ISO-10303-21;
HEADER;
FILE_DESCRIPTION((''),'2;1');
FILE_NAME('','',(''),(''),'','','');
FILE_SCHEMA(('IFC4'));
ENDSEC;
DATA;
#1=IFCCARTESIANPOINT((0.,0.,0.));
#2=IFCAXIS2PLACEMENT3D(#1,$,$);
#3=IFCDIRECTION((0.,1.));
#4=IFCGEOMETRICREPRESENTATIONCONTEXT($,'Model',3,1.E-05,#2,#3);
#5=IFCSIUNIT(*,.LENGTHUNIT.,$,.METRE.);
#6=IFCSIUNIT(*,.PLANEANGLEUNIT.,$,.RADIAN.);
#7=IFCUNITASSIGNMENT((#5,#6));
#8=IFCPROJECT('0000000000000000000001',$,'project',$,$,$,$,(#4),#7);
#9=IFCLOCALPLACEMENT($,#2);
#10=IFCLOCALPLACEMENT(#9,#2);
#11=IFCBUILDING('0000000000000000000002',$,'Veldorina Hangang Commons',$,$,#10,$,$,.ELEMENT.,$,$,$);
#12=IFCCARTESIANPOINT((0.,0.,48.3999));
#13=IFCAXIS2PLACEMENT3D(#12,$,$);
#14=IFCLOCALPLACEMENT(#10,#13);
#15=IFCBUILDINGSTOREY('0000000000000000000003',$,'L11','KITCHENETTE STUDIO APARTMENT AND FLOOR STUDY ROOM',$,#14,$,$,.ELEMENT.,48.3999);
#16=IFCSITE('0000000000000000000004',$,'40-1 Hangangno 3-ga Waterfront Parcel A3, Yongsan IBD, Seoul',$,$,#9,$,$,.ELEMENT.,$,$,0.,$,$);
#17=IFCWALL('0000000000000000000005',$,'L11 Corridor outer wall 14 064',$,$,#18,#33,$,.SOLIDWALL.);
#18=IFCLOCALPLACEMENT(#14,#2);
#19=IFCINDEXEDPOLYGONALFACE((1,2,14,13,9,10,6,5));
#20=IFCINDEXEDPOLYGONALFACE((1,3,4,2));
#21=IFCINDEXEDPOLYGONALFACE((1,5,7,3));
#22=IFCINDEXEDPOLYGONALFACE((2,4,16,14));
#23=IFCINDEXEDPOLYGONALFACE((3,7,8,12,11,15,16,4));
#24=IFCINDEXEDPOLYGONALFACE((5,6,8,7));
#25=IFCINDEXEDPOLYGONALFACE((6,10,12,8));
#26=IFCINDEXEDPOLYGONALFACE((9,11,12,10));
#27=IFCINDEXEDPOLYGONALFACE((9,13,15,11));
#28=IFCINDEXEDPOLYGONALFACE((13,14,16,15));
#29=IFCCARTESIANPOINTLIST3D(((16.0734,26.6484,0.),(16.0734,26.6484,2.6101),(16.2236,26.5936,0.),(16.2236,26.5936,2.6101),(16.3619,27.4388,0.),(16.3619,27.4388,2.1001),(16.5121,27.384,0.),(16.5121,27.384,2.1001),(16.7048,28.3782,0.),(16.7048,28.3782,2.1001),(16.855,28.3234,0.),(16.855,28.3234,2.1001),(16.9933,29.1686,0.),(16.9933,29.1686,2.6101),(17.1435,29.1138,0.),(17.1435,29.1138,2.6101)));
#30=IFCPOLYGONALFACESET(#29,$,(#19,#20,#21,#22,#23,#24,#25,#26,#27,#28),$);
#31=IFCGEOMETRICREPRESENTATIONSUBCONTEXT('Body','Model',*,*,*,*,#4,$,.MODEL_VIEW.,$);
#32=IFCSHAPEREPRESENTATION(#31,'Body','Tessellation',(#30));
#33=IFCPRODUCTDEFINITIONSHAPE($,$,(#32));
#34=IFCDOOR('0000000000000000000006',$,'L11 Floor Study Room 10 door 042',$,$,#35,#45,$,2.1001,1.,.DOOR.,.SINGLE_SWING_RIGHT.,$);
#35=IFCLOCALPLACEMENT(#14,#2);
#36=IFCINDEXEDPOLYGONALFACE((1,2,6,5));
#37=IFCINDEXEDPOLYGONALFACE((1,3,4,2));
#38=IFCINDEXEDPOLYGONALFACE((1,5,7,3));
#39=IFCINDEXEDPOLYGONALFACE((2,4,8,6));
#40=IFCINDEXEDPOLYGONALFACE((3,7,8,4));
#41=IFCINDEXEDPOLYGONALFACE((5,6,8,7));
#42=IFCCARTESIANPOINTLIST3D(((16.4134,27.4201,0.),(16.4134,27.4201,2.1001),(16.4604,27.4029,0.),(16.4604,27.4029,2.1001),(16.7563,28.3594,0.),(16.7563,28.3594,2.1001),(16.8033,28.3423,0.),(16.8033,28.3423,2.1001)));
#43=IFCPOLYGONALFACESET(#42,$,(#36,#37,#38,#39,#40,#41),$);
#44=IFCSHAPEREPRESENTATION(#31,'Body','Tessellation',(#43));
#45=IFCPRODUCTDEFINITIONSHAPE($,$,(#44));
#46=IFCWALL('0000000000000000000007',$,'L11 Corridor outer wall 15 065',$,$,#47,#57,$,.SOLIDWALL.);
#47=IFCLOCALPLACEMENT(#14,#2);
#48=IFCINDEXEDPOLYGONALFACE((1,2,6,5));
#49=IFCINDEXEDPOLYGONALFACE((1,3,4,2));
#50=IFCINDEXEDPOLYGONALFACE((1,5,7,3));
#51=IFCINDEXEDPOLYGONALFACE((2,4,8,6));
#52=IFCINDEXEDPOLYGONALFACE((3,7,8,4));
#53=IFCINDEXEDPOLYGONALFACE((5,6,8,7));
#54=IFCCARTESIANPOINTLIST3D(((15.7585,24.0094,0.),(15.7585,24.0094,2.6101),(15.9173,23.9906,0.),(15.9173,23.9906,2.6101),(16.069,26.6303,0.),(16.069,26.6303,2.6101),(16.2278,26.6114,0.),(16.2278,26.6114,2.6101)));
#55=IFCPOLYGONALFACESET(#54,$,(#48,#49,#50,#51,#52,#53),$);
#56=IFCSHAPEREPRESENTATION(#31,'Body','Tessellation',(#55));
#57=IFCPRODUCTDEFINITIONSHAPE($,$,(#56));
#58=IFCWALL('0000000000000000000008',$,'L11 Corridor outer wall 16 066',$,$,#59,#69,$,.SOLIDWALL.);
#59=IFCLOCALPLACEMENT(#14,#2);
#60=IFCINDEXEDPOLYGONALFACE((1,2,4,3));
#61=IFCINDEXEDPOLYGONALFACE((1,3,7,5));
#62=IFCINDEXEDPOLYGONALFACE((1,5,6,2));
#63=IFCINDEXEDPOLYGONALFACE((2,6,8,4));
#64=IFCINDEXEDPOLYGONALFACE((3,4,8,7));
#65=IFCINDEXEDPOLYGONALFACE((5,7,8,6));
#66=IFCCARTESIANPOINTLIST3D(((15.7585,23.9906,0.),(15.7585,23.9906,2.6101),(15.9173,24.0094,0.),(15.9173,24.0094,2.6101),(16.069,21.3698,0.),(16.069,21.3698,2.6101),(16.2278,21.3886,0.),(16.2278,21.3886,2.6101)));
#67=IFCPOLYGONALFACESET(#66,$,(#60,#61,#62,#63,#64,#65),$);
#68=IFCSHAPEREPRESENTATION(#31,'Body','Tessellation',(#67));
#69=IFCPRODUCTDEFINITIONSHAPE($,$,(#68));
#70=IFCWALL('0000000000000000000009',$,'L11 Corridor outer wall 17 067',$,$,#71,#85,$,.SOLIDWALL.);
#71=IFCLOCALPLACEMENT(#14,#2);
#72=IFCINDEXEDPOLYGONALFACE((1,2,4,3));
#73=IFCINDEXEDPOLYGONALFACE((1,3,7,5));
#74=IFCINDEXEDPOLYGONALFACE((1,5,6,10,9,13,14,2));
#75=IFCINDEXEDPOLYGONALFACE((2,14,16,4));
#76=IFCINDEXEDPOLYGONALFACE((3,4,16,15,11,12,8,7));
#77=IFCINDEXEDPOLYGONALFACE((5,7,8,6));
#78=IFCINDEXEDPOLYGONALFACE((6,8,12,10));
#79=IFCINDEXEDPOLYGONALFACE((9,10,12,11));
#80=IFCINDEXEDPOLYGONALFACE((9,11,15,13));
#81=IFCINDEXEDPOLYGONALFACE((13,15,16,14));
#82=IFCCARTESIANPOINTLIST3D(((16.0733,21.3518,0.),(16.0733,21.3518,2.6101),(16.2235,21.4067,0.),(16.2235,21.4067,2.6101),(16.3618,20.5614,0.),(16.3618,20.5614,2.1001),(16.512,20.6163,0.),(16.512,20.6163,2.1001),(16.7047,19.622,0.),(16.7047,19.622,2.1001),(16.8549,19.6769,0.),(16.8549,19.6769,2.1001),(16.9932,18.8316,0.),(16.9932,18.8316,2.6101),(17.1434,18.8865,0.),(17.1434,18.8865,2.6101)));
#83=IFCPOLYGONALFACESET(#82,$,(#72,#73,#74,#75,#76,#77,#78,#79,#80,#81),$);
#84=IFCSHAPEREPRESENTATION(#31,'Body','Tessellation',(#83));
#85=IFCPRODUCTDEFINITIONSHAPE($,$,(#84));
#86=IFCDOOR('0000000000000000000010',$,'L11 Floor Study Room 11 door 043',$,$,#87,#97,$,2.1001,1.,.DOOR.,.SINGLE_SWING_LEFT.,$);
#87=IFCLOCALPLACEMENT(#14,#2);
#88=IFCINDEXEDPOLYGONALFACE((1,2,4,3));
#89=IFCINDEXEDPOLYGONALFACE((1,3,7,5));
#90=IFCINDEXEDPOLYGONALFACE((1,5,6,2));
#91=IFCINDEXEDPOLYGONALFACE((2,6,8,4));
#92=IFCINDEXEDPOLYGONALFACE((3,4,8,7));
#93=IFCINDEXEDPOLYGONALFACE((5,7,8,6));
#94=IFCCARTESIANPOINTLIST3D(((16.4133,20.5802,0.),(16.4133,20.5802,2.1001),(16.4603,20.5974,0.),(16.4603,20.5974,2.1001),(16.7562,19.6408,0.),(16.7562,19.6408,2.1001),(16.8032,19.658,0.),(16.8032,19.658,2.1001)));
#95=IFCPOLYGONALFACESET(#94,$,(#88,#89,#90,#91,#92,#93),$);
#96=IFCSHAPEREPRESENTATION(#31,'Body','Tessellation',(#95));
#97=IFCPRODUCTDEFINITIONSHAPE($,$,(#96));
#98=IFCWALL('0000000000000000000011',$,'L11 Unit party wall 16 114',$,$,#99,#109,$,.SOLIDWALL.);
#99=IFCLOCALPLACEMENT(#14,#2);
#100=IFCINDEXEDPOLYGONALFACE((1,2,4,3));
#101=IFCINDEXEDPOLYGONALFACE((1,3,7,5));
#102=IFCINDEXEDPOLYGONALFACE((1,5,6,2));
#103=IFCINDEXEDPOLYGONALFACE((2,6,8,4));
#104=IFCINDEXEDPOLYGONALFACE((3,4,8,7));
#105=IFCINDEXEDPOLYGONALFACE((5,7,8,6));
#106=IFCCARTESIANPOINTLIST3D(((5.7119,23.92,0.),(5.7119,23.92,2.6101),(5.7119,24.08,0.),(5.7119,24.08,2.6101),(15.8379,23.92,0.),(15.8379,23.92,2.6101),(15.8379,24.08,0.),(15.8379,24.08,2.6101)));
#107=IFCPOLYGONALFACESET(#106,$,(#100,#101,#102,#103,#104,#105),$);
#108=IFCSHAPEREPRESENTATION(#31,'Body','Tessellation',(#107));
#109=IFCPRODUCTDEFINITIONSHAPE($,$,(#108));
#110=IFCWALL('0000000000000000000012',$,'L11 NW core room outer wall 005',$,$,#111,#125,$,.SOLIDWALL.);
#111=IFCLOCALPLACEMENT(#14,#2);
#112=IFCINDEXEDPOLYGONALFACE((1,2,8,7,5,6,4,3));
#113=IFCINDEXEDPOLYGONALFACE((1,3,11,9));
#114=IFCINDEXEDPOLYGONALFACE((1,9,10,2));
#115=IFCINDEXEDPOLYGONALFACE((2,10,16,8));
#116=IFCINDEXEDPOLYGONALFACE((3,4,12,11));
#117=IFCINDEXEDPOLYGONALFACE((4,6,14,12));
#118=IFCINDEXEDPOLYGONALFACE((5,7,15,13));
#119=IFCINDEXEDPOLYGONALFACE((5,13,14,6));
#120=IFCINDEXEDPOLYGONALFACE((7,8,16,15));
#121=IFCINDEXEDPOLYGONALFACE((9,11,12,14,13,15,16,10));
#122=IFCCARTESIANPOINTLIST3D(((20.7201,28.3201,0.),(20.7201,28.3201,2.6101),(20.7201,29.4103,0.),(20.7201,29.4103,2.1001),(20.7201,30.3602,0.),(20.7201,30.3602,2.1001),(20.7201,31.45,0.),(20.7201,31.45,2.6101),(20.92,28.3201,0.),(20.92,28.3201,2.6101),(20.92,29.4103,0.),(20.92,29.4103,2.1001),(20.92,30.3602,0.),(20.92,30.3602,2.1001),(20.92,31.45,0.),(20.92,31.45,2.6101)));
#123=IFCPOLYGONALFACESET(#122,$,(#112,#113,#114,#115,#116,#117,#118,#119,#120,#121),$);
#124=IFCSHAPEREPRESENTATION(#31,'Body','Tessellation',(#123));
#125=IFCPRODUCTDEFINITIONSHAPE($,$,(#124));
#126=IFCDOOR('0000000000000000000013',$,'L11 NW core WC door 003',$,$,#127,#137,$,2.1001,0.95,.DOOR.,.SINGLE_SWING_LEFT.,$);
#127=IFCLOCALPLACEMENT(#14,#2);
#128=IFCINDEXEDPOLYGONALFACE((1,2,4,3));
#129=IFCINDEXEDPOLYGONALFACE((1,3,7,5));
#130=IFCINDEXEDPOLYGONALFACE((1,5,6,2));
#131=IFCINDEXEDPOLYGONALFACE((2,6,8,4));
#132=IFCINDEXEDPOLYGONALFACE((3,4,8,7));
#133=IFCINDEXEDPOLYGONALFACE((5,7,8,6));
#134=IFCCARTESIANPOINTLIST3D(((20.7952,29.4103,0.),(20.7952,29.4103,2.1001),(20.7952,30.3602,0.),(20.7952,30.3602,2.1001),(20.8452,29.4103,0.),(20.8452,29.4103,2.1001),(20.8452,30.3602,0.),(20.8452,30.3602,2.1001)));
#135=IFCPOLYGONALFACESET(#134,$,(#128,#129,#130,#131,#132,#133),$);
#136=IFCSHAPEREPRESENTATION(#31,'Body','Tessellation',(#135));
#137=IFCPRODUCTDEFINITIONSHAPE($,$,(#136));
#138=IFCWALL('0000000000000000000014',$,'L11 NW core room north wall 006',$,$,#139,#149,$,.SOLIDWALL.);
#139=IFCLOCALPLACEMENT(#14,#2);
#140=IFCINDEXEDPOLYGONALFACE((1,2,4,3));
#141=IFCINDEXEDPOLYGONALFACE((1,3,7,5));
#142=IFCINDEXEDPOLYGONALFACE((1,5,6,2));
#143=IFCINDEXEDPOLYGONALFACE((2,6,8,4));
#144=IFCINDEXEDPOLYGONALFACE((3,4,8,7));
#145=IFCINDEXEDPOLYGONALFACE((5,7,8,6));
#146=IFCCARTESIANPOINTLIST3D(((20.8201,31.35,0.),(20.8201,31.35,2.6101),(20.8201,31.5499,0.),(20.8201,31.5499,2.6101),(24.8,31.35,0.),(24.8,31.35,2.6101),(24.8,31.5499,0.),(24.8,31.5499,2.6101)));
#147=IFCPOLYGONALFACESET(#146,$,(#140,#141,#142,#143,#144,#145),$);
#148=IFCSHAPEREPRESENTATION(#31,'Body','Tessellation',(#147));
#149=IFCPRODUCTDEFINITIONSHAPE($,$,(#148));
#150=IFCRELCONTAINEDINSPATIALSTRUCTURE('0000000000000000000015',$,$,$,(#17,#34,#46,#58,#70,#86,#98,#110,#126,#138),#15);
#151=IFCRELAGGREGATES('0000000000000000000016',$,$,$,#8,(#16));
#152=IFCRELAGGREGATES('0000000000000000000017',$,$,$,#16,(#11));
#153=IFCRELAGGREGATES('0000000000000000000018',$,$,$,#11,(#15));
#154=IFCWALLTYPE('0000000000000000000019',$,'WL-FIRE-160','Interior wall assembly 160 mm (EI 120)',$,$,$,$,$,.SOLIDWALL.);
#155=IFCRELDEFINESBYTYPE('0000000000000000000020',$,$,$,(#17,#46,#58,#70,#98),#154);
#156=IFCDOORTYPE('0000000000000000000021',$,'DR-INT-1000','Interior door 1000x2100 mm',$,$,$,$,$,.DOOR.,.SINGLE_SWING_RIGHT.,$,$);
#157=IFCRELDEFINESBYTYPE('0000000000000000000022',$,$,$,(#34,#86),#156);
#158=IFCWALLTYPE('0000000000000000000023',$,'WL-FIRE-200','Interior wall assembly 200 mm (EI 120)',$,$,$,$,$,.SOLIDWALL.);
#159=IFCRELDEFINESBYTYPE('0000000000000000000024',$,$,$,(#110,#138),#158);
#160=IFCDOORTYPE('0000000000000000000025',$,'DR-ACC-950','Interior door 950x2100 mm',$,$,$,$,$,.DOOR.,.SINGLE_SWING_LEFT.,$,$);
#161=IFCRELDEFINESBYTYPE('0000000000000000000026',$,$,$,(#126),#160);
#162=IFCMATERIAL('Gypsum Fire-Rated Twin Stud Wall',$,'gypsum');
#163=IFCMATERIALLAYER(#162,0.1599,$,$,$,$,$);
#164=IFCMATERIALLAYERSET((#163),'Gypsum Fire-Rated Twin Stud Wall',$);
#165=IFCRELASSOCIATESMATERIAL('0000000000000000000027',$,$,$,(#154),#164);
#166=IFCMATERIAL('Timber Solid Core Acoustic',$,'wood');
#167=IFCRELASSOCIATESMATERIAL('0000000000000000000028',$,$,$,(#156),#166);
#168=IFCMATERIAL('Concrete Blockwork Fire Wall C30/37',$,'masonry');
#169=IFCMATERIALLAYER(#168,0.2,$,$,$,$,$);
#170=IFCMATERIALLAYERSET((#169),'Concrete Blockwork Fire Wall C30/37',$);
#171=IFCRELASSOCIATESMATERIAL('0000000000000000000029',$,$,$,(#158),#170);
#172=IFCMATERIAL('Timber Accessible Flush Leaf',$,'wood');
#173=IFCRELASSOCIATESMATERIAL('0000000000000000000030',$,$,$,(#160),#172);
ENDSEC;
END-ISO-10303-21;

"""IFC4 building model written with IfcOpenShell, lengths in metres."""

from ifc_helpers import new_model, si_unit, direction, frame, frame_2d, origin, place, context, subcontext, project, spatial, rectangle, extrude, material, layer, layer_set, type_object, element, fill, save


model = new_model("IFC4")

# Units and contexts
model_context = context("Model", 3, precision=1e-05, world=origin(), true_north=direction((0.0, 1.0)))
body_context = subcontext(model_context, "Body", "Model", "MODEL_VIEW")
ifc_project = project(units=[si_unit("LENGTHUNIT", "METRE"), si_unit("PLANEANGLEUNIT", "RADIAN")], contexts=[model_context])

# Site, building, storey
site_placement = place(None, origin())
site = spatial("IfcSite", under=ifc_project, at=site_placement, Name="40-1 Hangangno 3-ga Waterfront Parcel A3, Yongsan IBD, Seoul", CompositionType="ELEMENT", RefElevation=0.0)
building_placement = place(site_placement, origin())
building = spatial("IfcBuilding", under=site, at=building_placement, Name="Veldorina Hangang Commons", CompositionType="ELEMENT")
storey_placement = place(building_placement, frame((0.0, 0.0, 48.3999)))
storey = spatial("IfcBuildingStorey", under=building, at=storey_placement, Name="L11", Description="KITCHENETTE STUDIO APARTMENT AND FLOOR STUDY ROOM", CompositionType="ELEMENT", Elevation=48.3999)

# Wall, opening, door
ifc_material_1 = material(Name="Gypsum Fire-Rated Twin Stud Wall", Category="gypsum")
ifc_layer_1 = layer(ifc_material_1, 0.1599)
ifc_layer_set_1 = layer_set([ifc_layer_1], Name="Gypsum Fire-Rated Twin Stud Wall")
wall_type_1 = type_object("IfcWallType", Name="WL-FIRE-160", Description="Interior wall assembly 160 mm (EI 120)", PredefinedType="SOLIDWALL", material=ifc_layer_set_1)
wall_1_placement = place(storey_placement, frame((17.0684, 29.1411, 0.0), z_axis=(0.0, 0.0, 1.0), x_axis=(-0.342883, -0.939378, 0.0)))
wall_1 = element("IfcWall", 1, at=wall_1_placement, inside=storey, type_object=wall_type_1, Name="L11 Corridor outer wall 14 064", PredefinedType="SOLIDWALL", context=body_context, shape_type="SweptSolid", body=[
    extrude(rectangle(XDim=2.6829, YDim=0.1599, at=frame_2d((1.3413, 0.0))), origin(), (0.0, 0.0, 1.0), 2.6101),
])
opening_1_placement = place(wall_1_placement, frame((0.8413, 0.0, 0.0)))
opening_1 = element("IfcOpeningElement", 2, at=opening_1_placement, cuts=wall_1, PredefinedType="OPENING", context=body_context, shape_type="SweptSolid", body=[
    extrude(rectangle(XDim=1.0, YDim=2.1001, at=frame_2d((0.5, 1.05))), frame((0.0, 0.0898, 0.0), z_axis=(0.0, -1.0, 0.0), x_axis=(1.0, 0.0, 0.0)), (0.0, 0.0, 1.0), 0.1799),
])
ifc_material_2 = material(Name="Timber Solid Core Acoustic", Category="wood")
door_type_1 = type_object("IfcDoorType", Name="DR-INT-1000", Description="Interior door 1000x2100 mm", OperationType="SINGLE_SWING_RIGHT", PredefinedType="DOOR", material=ifc_material_2)
door_1_placement = place(opening_1_placement, origin())
door_1 = element("IfcDoor", 3, at=door_1_placement, inside=storey, type_object=door_type_1, Name="L11 Floor Study Room 10 door 042", OperationType="SINGLE_SWING_RIGHT", OverallHeight=2.1001, OverallWidth=1.0, PredefinedType="DOOR", context=body_context, shape_type="SweptSolid", body=[
    extrude(rectangle(XDim=1.0, YDim=2.1001, at=frame_2d((0.5, 1.05))), frame((0.0, 0.0249, 0.0), z_axis=(0.0, -1.0, 0.0), x_axis=(1.0, 0.0, 0.0)), (0.0, 0.0, 1.0), 0.05),
])
fill(opening_1, door_1)

# Walls
for number, where, z_axis, x_axis, name in (
    (4, (16.1484, 26.6208, 0.0), (0.0, 0.0, 1.0), (-0.117668, -0.993053, 0.0), "L11 Corridor outer wall 15 065"),
    (5, (15.8379, 24.0, 0.0), (0.0, 0.0, 1.0), (0.117668, -0.993053, 0.0), "L11 Corridor outer wall 16 066"),
):
    element("IfcWall", number, at=place(storey_placement, frame(where, z_axis=z_axis, x_axis=x_axis)), inside=storey, type_object=wall_type_1, Name=name, PredefinedType="SOLIDWALL", context=body_context, shape_type="SweptSolid", body=[
        extrude(rectangle(XDim=2.6392, YDim=0.1599, at=frame_2d((1.3196, 0.0))), origin(), (0.0, 0.0, 1.0), 2.6101),
    ])

# Wall, opening, door
wall_2_placement = place(storey_placement, frame((16.1484, 21.3792, 0.0), z_axis=(0.0, 0.0, 1.0), x_axis=(0.342883, -0.939378, 0.0)))
wall_2 = element("IfcWall", 6, at=wall_2_placement, inside=storey, type_object=wall_type_1, Name="L11 Corridor outer wall 17 067", PredefinedType="SOLIDWALL", context=body_context, shape_type="SweptSolid", body=[
    extrude(rectangle(XDim=2.6829, YDim=0.1599, at=frame_2d((1.3413, 0.0))), origin(), (0.0, 0.0, 1.0), 2.6101),
])
opening_2_placement = place(wall_2_placement, frame((0.8413, 0.0, 0.0)))
opening_2 = element("IfcOpeningElement", 7, at=opening_2_placement, cuts=wall_2, PredefinedType="OPENING", context=body_context, shape_type="SweptSolid", body=[
    extrude(rectangle(XDim=1.0, YDim=2.1001, at=frame_2d((0.5, 1.05))), frame((0.0, 0.0898, 0.0), z_axis=(0.0, -1.0, 0.0), x_axis=(1.0, 0.0, 0.0)), (0.0, 0.0, 1.0), 0.1799),
])
door_2_placement = place(opening_2_placement, origin())
door_2 = element("IfcDoor", 8, at=door_2_placement, inside=storey, type_object=door_type_1, Name="L11 Floor Study Room 11 door 043", OperationType="SINGLE_SWING_LEFT", OverallHeight=2.1001, OverallWidth=1.0, PredefinedType="DOOR", context=body_context, shape_type="SweptSolid", body=[
    extrude(rectangle(XDim=1.0, YDim=2.1001, at=frame_2d((0.5, 1.05))), frame((0.0, 0.0249, 0.0), z_axis=(0.0, -1.0, 0.0), x_axis=(1.0, 0.0, 0.0)), (0.0, 0.0, 1.0), 0.05),
])
fill(opening_2, door_2)

# Wall
wall_3_placement = place(storey_placement, frame((15.8379, 24.0, 0.0), z_axis=(0.0, 0.0, 1.0), x_axis=(-1.0, 0.0, 0.0)))
element("IfcWall", 9, at=wall_3_placement, inside=storey, type_object=wall_type_1, Name="L11 Unit party wall 16 114", PredefinedType="SOLIDWALL", context=body_context, shape_type="SweptSolid", body=[
    extrude(rectangle(XDim=10.126, YDim=0.1599, at=frame_2d((5.063, 0.0))), origin(), (0.0, 0.0, 1.0), 2.6101),
])

# Wall, opening, door
ifc_material_3 = material(Name="Concrete Blockwork Fire Wall C30/37", Category="masonry")
ifc_layer_2 = layer(ifc_material_3, 0.2)
ifc_layer_set_2 = layer_set([ifc_layer_2], Name="Concrete Blockwork Fire Wall C30/37")
wall_type_2 = type_object("IfcWallType", Name="WL-FIRE-200", Description="Interior wall assembly 200 mm (EI 120)", PredefinedType="SOLIDWALL", material=ifc_layer_set_2)
wall_4_placement = place(storey_placement, frame((20.8201, 28.3201, 0.0), z_axis=(0.0, 0.0, 1.0), x_axis=(0.0, 1.0, 0.0)))
wall_4 = element("IfcWall", 10, at=wall_4_placement, inside=storey, type_object=wall_type_2, Name="L11 NW core room outer wall 005", PredefinedType="SOLIDWALL", context=body_context, shape_type="SweptSolid", body=[
    extrude(rectangle(XDim=3.1299, YDim=0.2, at=frame_2d((1.5649, 0.0))), origin(), (0.0, 0.0, 1.0), 2.6101),
])
opening_3_placement = place(wall_4_placement, frame((1.0901, 0.0, 0.0)))
opening_3 = element("IfcOpeningElement", 11, at=opening_3_placement, cuts=wall_4, PredefinedType="OPENING", context=body_context, shape_type="SweptSolid", body=[
    extrude(rectangle(XDim=0.95, YDim=2.1001, at=frame_2d((0.4751, 1.05))), frame((0.0, 0.1099, 0.0), z_axis=(0.0, -1.0, 0.0), x_axis=(1.0, 0.0, 0.0)), (0.0, 0.0, 1.0), 0.22),
])
ifc_material_4 = material(Name="Timber Accessible Flush Leaf", Category="wood")
door_type_2 = type_object("IfcDoorType", Name="DR-ACC-950", Description="Interior door 950x2100 mm", OperationType="SINGLE_SWING_LEFT", PredefinedType="DOOR", material=ifc_material_4)
door_3_placement = place(opening_3_placement, origin())
door_3 = element("IfcDoor", 12, at=door_3_placement, inside=storey, type_object=door_type_2, Name="L11 NW core WC door 003", OperationType="SINGLE_SWING_LEFT", OverallHeight=2.1001, OverallWidth=0.95, PredefinedType="DOOR", context=body_context, shape_type="SweptSolid", body=[
    extrude(rectangle(XDim=0.95, YDim=2.1001, at=frame_2d((0.4751, 1.05))), frame((0.0, 0.0249, 0.0), z_axis=(0.0, -1.0, 0.0), x_axis=(1.0, 0.0, 0.0)), (0.0, 0.0, 1.0), 0.05),
])
fill(opening_3, door_3)

# Wall
wall_5_placement = place(storey_placement, frame((20.8201, 31.45, 0.0), z_axis=(0.0, 0.0, 1.0), x_axis=(1.0, 0.0, 0.0)))
element("IfcWall", 13, at=wall_5_placement, inside=storey, type_object=wall_type_2, Name="L11 NW core room north wall 006", PredefinedType="SOLIDWALL", context=body_context, shape_type="SweptSolid", body=[
    extrude(rectangle(XDim=3.98, YDim=0.2, at=frame_2d((1.99, 0.0))), origin(), (0.0, 0.0, 1.0), 2.6101),
])

save(model, "model.ifc")
